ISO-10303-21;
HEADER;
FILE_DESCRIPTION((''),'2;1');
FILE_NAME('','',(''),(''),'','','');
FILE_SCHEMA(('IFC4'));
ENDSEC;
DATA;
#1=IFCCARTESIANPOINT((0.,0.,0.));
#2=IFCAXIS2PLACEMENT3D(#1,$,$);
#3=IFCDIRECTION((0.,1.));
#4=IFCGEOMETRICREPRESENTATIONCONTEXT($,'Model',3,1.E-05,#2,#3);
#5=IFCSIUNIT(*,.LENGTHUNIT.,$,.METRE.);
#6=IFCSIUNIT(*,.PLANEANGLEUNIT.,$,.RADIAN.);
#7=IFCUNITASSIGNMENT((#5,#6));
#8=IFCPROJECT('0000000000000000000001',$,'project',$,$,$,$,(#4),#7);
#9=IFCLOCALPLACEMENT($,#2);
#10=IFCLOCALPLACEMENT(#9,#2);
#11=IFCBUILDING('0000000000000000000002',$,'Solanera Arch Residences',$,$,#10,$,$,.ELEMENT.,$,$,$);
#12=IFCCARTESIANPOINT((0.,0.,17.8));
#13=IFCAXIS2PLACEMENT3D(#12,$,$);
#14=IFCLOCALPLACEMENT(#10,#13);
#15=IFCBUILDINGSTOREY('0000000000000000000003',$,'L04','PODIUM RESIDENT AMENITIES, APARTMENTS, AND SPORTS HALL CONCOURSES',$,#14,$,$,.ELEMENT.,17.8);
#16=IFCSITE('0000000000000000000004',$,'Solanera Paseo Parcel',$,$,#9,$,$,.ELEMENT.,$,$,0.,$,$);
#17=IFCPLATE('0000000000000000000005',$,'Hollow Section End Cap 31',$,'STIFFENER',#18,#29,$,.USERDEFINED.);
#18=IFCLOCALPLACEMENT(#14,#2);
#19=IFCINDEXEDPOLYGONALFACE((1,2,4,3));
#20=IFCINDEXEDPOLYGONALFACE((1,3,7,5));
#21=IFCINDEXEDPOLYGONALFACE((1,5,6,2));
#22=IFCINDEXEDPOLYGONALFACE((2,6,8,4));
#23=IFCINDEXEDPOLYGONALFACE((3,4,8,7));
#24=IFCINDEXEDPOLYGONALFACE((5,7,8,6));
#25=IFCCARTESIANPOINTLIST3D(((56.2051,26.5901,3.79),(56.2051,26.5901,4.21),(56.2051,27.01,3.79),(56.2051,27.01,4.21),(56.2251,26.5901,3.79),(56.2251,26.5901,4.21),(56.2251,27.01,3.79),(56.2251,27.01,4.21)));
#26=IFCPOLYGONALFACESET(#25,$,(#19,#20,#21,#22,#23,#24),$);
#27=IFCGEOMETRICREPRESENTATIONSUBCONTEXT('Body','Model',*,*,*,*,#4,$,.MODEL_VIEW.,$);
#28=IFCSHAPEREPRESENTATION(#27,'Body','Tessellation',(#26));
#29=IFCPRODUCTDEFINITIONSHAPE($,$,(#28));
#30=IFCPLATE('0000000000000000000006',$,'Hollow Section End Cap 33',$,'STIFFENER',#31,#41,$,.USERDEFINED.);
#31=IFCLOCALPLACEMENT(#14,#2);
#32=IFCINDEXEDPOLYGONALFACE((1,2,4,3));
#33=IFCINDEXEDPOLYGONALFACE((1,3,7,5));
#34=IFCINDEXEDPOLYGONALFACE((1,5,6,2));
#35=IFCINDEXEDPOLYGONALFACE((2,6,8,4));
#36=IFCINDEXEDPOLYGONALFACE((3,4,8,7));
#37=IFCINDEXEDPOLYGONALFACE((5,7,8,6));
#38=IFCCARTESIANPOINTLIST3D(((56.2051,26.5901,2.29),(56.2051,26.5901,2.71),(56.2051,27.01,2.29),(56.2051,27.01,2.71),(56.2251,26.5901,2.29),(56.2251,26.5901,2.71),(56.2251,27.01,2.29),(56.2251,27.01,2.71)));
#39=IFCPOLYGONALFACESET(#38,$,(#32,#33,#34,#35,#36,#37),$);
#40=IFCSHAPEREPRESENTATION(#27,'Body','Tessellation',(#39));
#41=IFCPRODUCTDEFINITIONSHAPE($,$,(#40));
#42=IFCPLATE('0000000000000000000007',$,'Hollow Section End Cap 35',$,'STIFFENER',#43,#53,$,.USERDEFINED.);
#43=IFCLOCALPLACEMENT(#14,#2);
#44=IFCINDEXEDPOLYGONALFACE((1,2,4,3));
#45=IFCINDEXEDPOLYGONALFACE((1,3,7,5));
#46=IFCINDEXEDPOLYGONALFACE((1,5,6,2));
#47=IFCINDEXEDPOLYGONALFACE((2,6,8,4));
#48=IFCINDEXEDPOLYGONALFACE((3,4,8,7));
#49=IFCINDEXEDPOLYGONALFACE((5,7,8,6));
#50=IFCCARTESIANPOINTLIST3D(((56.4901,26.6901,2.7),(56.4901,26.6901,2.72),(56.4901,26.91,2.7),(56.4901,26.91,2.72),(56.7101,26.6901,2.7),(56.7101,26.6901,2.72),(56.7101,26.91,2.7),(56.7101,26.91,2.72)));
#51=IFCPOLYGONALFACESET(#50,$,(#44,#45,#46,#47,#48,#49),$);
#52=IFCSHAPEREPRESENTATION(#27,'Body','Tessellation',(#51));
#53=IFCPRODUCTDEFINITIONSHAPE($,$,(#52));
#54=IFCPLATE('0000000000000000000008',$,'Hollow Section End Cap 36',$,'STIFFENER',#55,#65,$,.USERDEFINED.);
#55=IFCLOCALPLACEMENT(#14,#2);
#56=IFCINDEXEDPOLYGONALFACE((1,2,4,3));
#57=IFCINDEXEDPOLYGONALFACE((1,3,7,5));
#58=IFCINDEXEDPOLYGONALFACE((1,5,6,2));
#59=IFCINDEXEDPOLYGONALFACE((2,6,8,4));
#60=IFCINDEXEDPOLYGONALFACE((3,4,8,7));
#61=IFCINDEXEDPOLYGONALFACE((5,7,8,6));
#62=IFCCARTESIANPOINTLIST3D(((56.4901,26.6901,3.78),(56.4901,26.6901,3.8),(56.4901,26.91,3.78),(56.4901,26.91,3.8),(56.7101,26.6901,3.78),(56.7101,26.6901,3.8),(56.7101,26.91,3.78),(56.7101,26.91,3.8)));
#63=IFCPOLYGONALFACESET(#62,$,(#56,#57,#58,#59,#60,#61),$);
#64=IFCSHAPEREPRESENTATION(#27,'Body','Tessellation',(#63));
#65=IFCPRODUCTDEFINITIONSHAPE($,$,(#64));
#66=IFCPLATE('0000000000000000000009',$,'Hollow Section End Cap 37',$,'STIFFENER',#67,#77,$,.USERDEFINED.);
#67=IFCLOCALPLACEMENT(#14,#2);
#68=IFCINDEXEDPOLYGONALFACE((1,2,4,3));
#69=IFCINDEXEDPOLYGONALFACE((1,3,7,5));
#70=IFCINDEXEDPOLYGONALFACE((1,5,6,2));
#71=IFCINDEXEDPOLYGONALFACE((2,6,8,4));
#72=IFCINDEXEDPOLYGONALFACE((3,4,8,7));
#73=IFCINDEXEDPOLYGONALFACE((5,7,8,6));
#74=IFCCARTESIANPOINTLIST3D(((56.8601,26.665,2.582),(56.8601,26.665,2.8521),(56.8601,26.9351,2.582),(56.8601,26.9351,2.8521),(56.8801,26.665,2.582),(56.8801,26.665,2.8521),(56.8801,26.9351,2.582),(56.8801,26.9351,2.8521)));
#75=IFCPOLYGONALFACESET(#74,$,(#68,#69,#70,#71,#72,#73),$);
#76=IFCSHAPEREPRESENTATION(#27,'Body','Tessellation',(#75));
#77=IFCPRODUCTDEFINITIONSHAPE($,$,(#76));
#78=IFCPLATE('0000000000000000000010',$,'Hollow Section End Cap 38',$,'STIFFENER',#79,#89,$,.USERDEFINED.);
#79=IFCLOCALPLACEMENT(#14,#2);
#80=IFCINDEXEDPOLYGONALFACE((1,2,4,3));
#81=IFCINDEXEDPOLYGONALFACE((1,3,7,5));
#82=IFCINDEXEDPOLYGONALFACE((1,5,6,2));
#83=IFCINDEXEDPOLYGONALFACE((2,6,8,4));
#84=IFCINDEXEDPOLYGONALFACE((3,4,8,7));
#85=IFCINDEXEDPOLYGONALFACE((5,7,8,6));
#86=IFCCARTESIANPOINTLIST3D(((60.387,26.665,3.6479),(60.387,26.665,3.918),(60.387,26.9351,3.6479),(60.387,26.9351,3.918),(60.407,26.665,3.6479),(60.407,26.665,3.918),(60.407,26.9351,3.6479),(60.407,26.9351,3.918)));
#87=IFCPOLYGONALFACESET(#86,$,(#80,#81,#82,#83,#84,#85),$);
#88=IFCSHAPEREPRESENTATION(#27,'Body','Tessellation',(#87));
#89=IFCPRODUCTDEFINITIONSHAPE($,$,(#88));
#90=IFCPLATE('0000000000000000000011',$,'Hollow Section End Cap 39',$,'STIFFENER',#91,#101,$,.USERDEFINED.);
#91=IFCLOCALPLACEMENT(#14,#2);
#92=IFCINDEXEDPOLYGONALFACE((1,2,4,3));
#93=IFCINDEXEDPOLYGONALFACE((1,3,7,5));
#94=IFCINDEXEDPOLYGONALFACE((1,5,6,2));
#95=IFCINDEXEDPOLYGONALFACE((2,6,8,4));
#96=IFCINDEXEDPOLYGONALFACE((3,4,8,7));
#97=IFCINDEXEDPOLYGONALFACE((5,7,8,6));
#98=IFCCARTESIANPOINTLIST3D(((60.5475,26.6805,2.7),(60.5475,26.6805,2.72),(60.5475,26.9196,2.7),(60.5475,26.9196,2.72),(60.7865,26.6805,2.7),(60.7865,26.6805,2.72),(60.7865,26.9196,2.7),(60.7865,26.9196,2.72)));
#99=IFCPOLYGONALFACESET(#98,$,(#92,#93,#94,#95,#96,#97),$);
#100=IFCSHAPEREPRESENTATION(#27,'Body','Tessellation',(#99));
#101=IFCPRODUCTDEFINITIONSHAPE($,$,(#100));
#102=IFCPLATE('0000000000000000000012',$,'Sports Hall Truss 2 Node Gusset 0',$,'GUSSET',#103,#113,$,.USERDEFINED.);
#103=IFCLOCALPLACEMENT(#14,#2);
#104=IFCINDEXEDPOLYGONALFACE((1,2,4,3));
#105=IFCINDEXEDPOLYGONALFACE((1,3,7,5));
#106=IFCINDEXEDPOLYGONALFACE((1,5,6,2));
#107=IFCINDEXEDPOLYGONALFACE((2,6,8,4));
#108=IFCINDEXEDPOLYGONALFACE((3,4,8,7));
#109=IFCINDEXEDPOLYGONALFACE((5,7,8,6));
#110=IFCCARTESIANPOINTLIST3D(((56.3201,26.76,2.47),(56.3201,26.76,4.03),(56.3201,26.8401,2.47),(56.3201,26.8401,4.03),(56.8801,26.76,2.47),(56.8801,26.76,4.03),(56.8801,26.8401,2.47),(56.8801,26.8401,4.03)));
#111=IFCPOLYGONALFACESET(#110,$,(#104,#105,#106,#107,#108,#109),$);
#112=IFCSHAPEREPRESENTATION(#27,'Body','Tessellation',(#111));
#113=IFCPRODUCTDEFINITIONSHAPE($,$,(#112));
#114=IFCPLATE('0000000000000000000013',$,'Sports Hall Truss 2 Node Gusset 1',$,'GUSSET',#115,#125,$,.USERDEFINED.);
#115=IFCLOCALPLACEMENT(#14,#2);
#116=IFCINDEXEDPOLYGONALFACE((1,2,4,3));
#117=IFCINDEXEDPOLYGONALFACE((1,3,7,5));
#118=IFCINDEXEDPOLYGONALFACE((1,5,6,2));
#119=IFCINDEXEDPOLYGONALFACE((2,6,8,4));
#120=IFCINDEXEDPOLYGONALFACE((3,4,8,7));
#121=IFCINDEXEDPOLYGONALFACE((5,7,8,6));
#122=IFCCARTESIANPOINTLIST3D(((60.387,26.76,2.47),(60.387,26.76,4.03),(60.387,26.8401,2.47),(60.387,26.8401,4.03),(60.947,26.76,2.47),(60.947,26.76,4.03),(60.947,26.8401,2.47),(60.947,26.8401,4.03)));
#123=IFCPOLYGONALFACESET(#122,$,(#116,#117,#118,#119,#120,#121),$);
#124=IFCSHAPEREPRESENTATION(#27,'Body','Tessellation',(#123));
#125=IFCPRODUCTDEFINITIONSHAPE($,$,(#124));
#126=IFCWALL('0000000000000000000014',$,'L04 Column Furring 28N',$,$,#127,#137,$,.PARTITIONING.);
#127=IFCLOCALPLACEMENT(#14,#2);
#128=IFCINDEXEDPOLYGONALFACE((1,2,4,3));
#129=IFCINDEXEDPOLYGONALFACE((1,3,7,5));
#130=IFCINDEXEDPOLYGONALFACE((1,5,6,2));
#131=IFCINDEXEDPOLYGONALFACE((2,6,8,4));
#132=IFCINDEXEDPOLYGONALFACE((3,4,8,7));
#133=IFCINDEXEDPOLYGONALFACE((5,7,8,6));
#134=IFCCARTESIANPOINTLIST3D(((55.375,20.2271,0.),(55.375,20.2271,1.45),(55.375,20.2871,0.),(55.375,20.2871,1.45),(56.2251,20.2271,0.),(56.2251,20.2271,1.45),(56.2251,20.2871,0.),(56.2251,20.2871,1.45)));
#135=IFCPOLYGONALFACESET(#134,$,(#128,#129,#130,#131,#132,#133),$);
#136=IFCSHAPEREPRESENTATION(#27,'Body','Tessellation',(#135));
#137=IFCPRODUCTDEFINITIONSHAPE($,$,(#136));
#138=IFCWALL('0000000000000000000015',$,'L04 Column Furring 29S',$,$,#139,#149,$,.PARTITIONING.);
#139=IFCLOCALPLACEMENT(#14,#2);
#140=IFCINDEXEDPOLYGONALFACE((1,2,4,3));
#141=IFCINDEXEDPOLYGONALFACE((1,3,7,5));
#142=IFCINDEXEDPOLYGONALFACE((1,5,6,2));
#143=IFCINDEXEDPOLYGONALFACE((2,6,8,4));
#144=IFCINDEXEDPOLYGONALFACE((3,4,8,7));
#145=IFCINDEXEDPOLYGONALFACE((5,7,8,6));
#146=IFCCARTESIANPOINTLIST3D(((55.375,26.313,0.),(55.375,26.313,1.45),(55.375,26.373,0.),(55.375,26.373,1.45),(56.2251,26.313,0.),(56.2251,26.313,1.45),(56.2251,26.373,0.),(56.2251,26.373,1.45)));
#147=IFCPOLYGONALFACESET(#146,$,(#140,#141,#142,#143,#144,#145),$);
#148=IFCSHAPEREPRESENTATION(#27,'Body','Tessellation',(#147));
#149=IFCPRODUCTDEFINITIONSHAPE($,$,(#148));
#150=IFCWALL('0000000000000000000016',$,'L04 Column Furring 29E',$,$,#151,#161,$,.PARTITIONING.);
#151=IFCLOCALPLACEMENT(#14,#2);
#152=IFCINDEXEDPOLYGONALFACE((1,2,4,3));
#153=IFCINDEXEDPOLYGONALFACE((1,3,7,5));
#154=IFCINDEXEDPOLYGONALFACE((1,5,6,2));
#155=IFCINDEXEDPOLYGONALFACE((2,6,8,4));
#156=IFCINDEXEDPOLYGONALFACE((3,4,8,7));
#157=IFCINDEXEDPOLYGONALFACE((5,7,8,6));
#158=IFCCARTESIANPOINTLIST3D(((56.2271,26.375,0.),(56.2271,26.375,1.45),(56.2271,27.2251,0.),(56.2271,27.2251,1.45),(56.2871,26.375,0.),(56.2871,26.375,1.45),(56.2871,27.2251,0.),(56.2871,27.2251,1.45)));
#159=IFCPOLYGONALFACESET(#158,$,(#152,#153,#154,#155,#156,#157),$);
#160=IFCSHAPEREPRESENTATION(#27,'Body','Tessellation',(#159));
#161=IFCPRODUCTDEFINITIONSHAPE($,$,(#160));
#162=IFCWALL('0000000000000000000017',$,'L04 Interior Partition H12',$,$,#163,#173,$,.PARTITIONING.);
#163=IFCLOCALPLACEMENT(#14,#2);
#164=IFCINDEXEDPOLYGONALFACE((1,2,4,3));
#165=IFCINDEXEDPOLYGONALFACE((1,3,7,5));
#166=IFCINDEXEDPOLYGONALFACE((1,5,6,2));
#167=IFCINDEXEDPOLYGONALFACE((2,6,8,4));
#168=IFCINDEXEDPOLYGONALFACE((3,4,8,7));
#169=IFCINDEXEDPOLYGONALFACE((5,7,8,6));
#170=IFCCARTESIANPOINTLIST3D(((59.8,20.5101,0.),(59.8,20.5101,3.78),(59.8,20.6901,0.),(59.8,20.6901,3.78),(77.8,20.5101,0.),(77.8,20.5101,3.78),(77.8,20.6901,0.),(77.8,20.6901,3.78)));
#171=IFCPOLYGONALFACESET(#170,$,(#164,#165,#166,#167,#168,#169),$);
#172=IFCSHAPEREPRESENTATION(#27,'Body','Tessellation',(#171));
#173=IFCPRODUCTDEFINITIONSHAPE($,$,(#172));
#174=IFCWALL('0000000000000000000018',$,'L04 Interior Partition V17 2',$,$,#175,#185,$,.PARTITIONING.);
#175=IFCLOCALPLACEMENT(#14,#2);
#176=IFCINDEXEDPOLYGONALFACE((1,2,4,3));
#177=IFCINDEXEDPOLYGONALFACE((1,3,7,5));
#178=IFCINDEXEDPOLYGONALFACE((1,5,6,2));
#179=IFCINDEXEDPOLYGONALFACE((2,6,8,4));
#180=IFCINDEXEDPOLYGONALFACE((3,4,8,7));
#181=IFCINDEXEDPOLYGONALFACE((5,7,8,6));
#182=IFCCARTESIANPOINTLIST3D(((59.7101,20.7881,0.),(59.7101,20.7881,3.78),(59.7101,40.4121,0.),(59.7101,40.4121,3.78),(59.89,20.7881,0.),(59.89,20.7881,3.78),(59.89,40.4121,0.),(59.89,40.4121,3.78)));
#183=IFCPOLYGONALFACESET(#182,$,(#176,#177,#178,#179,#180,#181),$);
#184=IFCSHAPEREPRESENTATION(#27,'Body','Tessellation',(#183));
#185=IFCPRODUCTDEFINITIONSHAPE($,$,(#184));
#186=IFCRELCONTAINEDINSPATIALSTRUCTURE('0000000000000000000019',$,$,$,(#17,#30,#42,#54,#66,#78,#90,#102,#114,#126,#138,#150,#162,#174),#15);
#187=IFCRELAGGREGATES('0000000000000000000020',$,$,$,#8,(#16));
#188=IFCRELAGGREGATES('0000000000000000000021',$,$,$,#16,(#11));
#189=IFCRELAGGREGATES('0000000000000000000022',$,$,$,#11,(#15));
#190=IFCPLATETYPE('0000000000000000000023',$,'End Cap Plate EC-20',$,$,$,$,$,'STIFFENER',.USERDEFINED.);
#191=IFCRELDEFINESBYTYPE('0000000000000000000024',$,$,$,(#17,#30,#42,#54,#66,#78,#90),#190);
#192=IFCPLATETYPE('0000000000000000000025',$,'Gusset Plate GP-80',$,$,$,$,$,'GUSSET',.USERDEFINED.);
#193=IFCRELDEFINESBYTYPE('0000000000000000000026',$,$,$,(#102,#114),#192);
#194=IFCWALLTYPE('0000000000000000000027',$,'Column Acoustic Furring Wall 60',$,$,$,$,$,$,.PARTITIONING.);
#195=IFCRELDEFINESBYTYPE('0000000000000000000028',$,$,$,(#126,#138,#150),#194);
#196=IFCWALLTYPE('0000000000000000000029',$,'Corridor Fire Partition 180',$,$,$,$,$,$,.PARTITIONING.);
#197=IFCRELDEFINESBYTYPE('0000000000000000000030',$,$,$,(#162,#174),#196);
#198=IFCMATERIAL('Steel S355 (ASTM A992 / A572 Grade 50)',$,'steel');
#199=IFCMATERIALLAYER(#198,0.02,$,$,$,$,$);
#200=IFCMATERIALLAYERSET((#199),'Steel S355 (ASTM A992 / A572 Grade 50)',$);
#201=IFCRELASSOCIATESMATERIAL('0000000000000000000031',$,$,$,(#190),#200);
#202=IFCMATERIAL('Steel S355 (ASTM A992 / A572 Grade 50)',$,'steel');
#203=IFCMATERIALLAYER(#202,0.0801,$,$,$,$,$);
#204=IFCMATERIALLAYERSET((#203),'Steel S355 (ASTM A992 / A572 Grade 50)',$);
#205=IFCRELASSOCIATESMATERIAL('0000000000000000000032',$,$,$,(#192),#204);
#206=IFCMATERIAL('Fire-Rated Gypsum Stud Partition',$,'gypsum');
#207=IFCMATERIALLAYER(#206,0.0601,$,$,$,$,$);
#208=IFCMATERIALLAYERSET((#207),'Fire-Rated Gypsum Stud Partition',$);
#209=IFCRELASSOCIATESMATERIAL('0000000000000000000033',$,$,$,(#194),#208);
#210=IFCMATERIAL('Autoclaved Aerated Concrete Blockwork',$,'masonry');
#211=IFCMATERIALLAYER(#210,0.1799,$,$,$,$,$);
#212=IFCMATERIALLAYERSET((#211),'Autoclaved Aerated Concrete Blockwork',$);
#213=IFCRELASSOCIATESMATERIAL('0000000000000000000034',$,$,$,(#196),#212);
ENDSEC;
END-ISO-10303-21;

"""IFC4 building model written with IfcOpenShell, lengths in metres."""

from ifc_helpers import new_model, si_unit, direction, frame, frame_2d, origin, origin_2d, place, context, subcontext, project, spatial, rectangle, extrude, material, layer, layer_set, type_object, element, save


model = new_model("IFC4")

# Units and contexts
model_context = context("Model", 3, precision=1e-05, world=origin(), true_north=direction((0.0, 1.0)))
body_context = subcontext(model_context, "Body", "Model", "MODEL_VIEW")
ifc_project = project(units=[si_unit("LENGTHUNIT", "METRE"), si_unit("PLANEANGLEUNIT", "RADIAN")], contexts=[model_context])

# Site, building, storey
site_placement = place(None, origin())
site = spatial("IfcSite", under=ifc_project, at=site_placement, Name="Solanera Paseo Parcel", CompositionType="ELEMENT", RefElevation=0.0)
building_placement = place(site_placement, origin())
building = spatial("IfcBuilding", under=site, at=building_placement, Name="Solanera Arch Residences", CompositionType="ELEMENT")
storey_placement = place(building_placement, frame((0.0, 0.0, 17.8)))
storey = spatial("IfcBuildingStorey", under=building, at=storey_placement, Name="L04", Description="PODIUM RESIDENT AMENITIES, APARTMENTS, AND SPORTS HALL CONCOURSES", CompositionType="ELEMENT", Elevation=17.8)

# Plates
ifc_material_1 = material(Name="Steel S355 (ASTM A992 / A572 Grade 50)", Category="steel")
ifc_layer_1 = layer(ifc_material_1, 0.02)
ifc_layer_set_1 = layer_set([ifc_layer_1], Name="Steel S355 (ASTM A992 / A572 Grade 50)")
plate_type_1 = type_object("IfcPlateType", Name="End Cap Plate EC-20", ElementType="STIFFENER", PredefinedType="USERDEFINED", material=ifc_layer_set_1)
for number, where, z_axis, x_axis, name in (
    (1, (56.2151, 26.8, 3.79), (0.0, 0.0, 1.0), (-1.0, 0.0, 0.0), "Hollow Section End Cap 31"),
    (2, (56.2151, 26.8, 2.29), (0.0, 0.0, 1.0), (-1.0, 0.0, 0.0), "Hollow Section End Cap 33"),
):
    element("IfcPlate", number, at=place(storey_placement, frame(where, z_axis=z_axis, x_axis=x_axis)), inside=storey, type_object=plate_type_1, Name=name, ObjectType="STIFFENER", PredefinedType="USERDEFINED", context=body_context, shape_type="SweptSolid", body=[
        extrude(rectangle(XDim=0.02, YDim=0.4199, at=origin_2d()), origin(), (0.0, 0.0, 1.0), 0.4199),
    ])
for number, where, z_axis, x_axis, name in (
    (3, (56.6001, 26.8, 2.7), (0.0, 0.0, 1.0), (1.0, 0.0, 0.0), "Hollow Section End Cap 35"),
    (4, (56.6001, 26.8, 3.78), (0.0, 0.0, 1.0), (1.0, 0.0, 0.0), "Hollow Section End Cap 36"),
):
    element("IfcPlate", number, at=place(storey_placement, frame(where, z_axis=z_axis, x_axis=x_axis)), inside=storey, type_object=plate_type_1, Name=name, ObjectType="STIFFENER", PredefinedType="USERDEFINED", context=body_context, shape_type="SweptSolid", body=[
        extrude(rectangle(XDim=0.22, YDim=0.22, at=origin_2d()), origin(), (0.0, 0.0, 1.0), 0.02),
    ])
for number, where, z_axis, x_axis, name in (
    (5, (56.8701, 26.8, 2.582), (0.0, 0.0, 1.0), (-1.0, 0.0, 0.0), "Hollow Section End Cap 37"),
    (6, (60.397, 26.8, 3.6479), (0.0, 0.0, 1.0), (1.0, 0.0, 0.0), "Hollow Section End Cap 38"),
):
    element("IfcPlate", number, at=place(storey_placement, frame(where, z_axis=z_axis, x_axis=x_axis)), inside=storey, type_object=plate_type_1, Name=name, ObjectType="STIFFENER", PredefinedType="USERDEFINED", context=body_context, shape_type="SweptSolid", body=[
        extrude(rectangle(XDim=0.02, YDim=0.27, at=origin_2d()), origin(), (0.0, 0.0, 1.0), 0.27),
    ])
plate_placement = place(storey_placement, frame((60.667, 26.8, 2.7), z_axis=(0.0, 0.0, 1.0), x_axis=(1.0, 0.0, 0.0)))
element("IfcPlate", 7, at=plate_placement, inside=storey, type_object=plate_type_1, Name="Hollow Section End Cap 39", ObjectType="STIFFENER", PredefinedType="USERDEFINED", context=body_context, shape_type="SweptSolid", body=[
    extrude(rectangle(XDim=0.239, YDim=0.239, at=origin_2d()), origin(), (0.0, 0.0, 1.0), 0.02),
])
ifc_material_2 = material(Name="Steel S355 (ASTM A992 / A572 Grade 50)", Category="steel")
ifc_layer_2 = layer(ifc_material_2, 0.0801)
ifc_layer_set_2 = layer_set([ifc_layer_2], Name="Steel S355 (ASTM A992 / A572 Grade 50)")
plate_type_2 = type_object("IfcPlateType", Name="Gusset Plate GP-80", ElementType="GUSSET", PredefinedType="USERDEFINED", material=ifc_layer_set_2)
for number, where, z_axis, x_axis, name in (
    (8, (56.6001, 26.8, 2.47), (0.0, 0.0, 1.0), (1.0, 0.0, 0.0), "Sports Hall Truss 2 Node Gusset 0"),
    (9, (60.667, 26.8, 2.47), (0.0, 0.0, 1.0), (1.0, 0.0, 0.0), "Sports Hall Truss 2 Node Gusset 1"),
):
    element("IfcPlate", number, at=place(storey_placement, frame(where, z_axis=z_axis, x_axis=x_axis)), inside=storey, type_object=plate_type_2, Name=name, ObjectType="GUSSET", PredefinedType="USERDEFINED", context=body_context, shape_type="SweptSolid", body=[
        extrude(rectangle(XDim=0.5601, YDim=0.0801, at=origin_2d()), origin(), (0.0, 0.0, 1.0), 1.5601),
    ])

# Walls
ifc_material_3 = material(Name="Fire-Rated Gypsum Stud Partition", Category="gypsum")
ifc_layer_3 = layer(ifc_material_3, 0.0601)
ifc_layer_set_3 = layer_set([ifc_layer_3], Name="Fire-Rated Gypsum Stud Partition")
wall_type_1 = type_object("IfcWallType", Name="Column Acoustic Furring Wall 60", PredefinedType="PARTITIONING", material=ifc_layer_set_3)
for number, where, z_axis, x_axis, name in (
    (10, (55.375, 20.2571, 0.0), (0.0, 0.0, 1.0), (1.0, 0.0, 0.0), "L04 Column Furring 28N"),
    (11, (55.375, 26.343, 0.0), (0.0, 0.0, 1.0), (1.0, 0.0, 0.0), "L04 Column Furring 29S"),
    (12, (56.2571, 26.375, 0.0), (0.0, 0.0, 1.0), (0.0, 1.0, 0.0), "L04 Column Furring 29E"),
):
    element("IfcWall", number, at=place(storey_placement, frame(where, z_axis=z_axis, x_axis=x_axis)), inside=storey, type_object=wall_type_1, Name=name, PredefinedType="PARTITIONING", context=body_context, shape_type="SweptSolid", body=[
        extrude(rectangle(XDim=0.8501, YDim=0.0601, at=frame_2d((0.425, 0.0))), origin(), (0.0, 0.0, 1.0), 1.45),
    ])
ifc_material_4 = material(Name="Autoclaved Aerated Concrete Blockwork", Category="masonry")
ifc_layer_4 = layer(ifc_material_4, 0.1799)
ifc_layer_set_4 = layer_set([ifc_layer_4], Name="Autoclaved Aerated Concrete Blockwork")
wall_type_2 = type_object("IfcWallType", Name="Corridor Fire Partition 180", PredefinedType="PARTITIONING", material=ifc_layer_set_4)
wall_1_placement = place(storey_placement, frame((59.8, 20.6001, 0.0), z_axis=(0.0, 0.0, 1.0), x_axis=(1.0, 0.0, 0.0)))
element("IfcWall", 13, at=wall_1_placement, inside=storey, type_object=wall_type_2, Name="L04 Interior Partition H12", PredefinedType="PARTITIONING", context=body_context, shape_type="SweptSolid", body=[
    extrude(rectangle(XDim=18.0, YDim=0.1799, at=frame_2d((9.0, 0.0))), origin(), (0.0, 0.0, 1.0), 3.78),
])
wall_2_placement = place(storey_placement, frame((59.8, 20.7881, 0.0), z_axis=(0.0, 0.0, 1.0), x_axis=(0.0, 1.0, 0.0)))
element("IfcWall", 14, at=wall_2_placement, inside=storey, type_object=wall_type_2, Name="L04 Interior Partition V17 2", PredefinedType="PARTITIONING", context=body_context, shape_type="SweptSolid", body=[
    extrude(rectangle(XDim=19.624, YDim=0.1799, at=frame_2d((9.812, 0.0))), origin(), (0.0, 0.0, 1.0), 3.78),
])

save(model, "model.ifc")
